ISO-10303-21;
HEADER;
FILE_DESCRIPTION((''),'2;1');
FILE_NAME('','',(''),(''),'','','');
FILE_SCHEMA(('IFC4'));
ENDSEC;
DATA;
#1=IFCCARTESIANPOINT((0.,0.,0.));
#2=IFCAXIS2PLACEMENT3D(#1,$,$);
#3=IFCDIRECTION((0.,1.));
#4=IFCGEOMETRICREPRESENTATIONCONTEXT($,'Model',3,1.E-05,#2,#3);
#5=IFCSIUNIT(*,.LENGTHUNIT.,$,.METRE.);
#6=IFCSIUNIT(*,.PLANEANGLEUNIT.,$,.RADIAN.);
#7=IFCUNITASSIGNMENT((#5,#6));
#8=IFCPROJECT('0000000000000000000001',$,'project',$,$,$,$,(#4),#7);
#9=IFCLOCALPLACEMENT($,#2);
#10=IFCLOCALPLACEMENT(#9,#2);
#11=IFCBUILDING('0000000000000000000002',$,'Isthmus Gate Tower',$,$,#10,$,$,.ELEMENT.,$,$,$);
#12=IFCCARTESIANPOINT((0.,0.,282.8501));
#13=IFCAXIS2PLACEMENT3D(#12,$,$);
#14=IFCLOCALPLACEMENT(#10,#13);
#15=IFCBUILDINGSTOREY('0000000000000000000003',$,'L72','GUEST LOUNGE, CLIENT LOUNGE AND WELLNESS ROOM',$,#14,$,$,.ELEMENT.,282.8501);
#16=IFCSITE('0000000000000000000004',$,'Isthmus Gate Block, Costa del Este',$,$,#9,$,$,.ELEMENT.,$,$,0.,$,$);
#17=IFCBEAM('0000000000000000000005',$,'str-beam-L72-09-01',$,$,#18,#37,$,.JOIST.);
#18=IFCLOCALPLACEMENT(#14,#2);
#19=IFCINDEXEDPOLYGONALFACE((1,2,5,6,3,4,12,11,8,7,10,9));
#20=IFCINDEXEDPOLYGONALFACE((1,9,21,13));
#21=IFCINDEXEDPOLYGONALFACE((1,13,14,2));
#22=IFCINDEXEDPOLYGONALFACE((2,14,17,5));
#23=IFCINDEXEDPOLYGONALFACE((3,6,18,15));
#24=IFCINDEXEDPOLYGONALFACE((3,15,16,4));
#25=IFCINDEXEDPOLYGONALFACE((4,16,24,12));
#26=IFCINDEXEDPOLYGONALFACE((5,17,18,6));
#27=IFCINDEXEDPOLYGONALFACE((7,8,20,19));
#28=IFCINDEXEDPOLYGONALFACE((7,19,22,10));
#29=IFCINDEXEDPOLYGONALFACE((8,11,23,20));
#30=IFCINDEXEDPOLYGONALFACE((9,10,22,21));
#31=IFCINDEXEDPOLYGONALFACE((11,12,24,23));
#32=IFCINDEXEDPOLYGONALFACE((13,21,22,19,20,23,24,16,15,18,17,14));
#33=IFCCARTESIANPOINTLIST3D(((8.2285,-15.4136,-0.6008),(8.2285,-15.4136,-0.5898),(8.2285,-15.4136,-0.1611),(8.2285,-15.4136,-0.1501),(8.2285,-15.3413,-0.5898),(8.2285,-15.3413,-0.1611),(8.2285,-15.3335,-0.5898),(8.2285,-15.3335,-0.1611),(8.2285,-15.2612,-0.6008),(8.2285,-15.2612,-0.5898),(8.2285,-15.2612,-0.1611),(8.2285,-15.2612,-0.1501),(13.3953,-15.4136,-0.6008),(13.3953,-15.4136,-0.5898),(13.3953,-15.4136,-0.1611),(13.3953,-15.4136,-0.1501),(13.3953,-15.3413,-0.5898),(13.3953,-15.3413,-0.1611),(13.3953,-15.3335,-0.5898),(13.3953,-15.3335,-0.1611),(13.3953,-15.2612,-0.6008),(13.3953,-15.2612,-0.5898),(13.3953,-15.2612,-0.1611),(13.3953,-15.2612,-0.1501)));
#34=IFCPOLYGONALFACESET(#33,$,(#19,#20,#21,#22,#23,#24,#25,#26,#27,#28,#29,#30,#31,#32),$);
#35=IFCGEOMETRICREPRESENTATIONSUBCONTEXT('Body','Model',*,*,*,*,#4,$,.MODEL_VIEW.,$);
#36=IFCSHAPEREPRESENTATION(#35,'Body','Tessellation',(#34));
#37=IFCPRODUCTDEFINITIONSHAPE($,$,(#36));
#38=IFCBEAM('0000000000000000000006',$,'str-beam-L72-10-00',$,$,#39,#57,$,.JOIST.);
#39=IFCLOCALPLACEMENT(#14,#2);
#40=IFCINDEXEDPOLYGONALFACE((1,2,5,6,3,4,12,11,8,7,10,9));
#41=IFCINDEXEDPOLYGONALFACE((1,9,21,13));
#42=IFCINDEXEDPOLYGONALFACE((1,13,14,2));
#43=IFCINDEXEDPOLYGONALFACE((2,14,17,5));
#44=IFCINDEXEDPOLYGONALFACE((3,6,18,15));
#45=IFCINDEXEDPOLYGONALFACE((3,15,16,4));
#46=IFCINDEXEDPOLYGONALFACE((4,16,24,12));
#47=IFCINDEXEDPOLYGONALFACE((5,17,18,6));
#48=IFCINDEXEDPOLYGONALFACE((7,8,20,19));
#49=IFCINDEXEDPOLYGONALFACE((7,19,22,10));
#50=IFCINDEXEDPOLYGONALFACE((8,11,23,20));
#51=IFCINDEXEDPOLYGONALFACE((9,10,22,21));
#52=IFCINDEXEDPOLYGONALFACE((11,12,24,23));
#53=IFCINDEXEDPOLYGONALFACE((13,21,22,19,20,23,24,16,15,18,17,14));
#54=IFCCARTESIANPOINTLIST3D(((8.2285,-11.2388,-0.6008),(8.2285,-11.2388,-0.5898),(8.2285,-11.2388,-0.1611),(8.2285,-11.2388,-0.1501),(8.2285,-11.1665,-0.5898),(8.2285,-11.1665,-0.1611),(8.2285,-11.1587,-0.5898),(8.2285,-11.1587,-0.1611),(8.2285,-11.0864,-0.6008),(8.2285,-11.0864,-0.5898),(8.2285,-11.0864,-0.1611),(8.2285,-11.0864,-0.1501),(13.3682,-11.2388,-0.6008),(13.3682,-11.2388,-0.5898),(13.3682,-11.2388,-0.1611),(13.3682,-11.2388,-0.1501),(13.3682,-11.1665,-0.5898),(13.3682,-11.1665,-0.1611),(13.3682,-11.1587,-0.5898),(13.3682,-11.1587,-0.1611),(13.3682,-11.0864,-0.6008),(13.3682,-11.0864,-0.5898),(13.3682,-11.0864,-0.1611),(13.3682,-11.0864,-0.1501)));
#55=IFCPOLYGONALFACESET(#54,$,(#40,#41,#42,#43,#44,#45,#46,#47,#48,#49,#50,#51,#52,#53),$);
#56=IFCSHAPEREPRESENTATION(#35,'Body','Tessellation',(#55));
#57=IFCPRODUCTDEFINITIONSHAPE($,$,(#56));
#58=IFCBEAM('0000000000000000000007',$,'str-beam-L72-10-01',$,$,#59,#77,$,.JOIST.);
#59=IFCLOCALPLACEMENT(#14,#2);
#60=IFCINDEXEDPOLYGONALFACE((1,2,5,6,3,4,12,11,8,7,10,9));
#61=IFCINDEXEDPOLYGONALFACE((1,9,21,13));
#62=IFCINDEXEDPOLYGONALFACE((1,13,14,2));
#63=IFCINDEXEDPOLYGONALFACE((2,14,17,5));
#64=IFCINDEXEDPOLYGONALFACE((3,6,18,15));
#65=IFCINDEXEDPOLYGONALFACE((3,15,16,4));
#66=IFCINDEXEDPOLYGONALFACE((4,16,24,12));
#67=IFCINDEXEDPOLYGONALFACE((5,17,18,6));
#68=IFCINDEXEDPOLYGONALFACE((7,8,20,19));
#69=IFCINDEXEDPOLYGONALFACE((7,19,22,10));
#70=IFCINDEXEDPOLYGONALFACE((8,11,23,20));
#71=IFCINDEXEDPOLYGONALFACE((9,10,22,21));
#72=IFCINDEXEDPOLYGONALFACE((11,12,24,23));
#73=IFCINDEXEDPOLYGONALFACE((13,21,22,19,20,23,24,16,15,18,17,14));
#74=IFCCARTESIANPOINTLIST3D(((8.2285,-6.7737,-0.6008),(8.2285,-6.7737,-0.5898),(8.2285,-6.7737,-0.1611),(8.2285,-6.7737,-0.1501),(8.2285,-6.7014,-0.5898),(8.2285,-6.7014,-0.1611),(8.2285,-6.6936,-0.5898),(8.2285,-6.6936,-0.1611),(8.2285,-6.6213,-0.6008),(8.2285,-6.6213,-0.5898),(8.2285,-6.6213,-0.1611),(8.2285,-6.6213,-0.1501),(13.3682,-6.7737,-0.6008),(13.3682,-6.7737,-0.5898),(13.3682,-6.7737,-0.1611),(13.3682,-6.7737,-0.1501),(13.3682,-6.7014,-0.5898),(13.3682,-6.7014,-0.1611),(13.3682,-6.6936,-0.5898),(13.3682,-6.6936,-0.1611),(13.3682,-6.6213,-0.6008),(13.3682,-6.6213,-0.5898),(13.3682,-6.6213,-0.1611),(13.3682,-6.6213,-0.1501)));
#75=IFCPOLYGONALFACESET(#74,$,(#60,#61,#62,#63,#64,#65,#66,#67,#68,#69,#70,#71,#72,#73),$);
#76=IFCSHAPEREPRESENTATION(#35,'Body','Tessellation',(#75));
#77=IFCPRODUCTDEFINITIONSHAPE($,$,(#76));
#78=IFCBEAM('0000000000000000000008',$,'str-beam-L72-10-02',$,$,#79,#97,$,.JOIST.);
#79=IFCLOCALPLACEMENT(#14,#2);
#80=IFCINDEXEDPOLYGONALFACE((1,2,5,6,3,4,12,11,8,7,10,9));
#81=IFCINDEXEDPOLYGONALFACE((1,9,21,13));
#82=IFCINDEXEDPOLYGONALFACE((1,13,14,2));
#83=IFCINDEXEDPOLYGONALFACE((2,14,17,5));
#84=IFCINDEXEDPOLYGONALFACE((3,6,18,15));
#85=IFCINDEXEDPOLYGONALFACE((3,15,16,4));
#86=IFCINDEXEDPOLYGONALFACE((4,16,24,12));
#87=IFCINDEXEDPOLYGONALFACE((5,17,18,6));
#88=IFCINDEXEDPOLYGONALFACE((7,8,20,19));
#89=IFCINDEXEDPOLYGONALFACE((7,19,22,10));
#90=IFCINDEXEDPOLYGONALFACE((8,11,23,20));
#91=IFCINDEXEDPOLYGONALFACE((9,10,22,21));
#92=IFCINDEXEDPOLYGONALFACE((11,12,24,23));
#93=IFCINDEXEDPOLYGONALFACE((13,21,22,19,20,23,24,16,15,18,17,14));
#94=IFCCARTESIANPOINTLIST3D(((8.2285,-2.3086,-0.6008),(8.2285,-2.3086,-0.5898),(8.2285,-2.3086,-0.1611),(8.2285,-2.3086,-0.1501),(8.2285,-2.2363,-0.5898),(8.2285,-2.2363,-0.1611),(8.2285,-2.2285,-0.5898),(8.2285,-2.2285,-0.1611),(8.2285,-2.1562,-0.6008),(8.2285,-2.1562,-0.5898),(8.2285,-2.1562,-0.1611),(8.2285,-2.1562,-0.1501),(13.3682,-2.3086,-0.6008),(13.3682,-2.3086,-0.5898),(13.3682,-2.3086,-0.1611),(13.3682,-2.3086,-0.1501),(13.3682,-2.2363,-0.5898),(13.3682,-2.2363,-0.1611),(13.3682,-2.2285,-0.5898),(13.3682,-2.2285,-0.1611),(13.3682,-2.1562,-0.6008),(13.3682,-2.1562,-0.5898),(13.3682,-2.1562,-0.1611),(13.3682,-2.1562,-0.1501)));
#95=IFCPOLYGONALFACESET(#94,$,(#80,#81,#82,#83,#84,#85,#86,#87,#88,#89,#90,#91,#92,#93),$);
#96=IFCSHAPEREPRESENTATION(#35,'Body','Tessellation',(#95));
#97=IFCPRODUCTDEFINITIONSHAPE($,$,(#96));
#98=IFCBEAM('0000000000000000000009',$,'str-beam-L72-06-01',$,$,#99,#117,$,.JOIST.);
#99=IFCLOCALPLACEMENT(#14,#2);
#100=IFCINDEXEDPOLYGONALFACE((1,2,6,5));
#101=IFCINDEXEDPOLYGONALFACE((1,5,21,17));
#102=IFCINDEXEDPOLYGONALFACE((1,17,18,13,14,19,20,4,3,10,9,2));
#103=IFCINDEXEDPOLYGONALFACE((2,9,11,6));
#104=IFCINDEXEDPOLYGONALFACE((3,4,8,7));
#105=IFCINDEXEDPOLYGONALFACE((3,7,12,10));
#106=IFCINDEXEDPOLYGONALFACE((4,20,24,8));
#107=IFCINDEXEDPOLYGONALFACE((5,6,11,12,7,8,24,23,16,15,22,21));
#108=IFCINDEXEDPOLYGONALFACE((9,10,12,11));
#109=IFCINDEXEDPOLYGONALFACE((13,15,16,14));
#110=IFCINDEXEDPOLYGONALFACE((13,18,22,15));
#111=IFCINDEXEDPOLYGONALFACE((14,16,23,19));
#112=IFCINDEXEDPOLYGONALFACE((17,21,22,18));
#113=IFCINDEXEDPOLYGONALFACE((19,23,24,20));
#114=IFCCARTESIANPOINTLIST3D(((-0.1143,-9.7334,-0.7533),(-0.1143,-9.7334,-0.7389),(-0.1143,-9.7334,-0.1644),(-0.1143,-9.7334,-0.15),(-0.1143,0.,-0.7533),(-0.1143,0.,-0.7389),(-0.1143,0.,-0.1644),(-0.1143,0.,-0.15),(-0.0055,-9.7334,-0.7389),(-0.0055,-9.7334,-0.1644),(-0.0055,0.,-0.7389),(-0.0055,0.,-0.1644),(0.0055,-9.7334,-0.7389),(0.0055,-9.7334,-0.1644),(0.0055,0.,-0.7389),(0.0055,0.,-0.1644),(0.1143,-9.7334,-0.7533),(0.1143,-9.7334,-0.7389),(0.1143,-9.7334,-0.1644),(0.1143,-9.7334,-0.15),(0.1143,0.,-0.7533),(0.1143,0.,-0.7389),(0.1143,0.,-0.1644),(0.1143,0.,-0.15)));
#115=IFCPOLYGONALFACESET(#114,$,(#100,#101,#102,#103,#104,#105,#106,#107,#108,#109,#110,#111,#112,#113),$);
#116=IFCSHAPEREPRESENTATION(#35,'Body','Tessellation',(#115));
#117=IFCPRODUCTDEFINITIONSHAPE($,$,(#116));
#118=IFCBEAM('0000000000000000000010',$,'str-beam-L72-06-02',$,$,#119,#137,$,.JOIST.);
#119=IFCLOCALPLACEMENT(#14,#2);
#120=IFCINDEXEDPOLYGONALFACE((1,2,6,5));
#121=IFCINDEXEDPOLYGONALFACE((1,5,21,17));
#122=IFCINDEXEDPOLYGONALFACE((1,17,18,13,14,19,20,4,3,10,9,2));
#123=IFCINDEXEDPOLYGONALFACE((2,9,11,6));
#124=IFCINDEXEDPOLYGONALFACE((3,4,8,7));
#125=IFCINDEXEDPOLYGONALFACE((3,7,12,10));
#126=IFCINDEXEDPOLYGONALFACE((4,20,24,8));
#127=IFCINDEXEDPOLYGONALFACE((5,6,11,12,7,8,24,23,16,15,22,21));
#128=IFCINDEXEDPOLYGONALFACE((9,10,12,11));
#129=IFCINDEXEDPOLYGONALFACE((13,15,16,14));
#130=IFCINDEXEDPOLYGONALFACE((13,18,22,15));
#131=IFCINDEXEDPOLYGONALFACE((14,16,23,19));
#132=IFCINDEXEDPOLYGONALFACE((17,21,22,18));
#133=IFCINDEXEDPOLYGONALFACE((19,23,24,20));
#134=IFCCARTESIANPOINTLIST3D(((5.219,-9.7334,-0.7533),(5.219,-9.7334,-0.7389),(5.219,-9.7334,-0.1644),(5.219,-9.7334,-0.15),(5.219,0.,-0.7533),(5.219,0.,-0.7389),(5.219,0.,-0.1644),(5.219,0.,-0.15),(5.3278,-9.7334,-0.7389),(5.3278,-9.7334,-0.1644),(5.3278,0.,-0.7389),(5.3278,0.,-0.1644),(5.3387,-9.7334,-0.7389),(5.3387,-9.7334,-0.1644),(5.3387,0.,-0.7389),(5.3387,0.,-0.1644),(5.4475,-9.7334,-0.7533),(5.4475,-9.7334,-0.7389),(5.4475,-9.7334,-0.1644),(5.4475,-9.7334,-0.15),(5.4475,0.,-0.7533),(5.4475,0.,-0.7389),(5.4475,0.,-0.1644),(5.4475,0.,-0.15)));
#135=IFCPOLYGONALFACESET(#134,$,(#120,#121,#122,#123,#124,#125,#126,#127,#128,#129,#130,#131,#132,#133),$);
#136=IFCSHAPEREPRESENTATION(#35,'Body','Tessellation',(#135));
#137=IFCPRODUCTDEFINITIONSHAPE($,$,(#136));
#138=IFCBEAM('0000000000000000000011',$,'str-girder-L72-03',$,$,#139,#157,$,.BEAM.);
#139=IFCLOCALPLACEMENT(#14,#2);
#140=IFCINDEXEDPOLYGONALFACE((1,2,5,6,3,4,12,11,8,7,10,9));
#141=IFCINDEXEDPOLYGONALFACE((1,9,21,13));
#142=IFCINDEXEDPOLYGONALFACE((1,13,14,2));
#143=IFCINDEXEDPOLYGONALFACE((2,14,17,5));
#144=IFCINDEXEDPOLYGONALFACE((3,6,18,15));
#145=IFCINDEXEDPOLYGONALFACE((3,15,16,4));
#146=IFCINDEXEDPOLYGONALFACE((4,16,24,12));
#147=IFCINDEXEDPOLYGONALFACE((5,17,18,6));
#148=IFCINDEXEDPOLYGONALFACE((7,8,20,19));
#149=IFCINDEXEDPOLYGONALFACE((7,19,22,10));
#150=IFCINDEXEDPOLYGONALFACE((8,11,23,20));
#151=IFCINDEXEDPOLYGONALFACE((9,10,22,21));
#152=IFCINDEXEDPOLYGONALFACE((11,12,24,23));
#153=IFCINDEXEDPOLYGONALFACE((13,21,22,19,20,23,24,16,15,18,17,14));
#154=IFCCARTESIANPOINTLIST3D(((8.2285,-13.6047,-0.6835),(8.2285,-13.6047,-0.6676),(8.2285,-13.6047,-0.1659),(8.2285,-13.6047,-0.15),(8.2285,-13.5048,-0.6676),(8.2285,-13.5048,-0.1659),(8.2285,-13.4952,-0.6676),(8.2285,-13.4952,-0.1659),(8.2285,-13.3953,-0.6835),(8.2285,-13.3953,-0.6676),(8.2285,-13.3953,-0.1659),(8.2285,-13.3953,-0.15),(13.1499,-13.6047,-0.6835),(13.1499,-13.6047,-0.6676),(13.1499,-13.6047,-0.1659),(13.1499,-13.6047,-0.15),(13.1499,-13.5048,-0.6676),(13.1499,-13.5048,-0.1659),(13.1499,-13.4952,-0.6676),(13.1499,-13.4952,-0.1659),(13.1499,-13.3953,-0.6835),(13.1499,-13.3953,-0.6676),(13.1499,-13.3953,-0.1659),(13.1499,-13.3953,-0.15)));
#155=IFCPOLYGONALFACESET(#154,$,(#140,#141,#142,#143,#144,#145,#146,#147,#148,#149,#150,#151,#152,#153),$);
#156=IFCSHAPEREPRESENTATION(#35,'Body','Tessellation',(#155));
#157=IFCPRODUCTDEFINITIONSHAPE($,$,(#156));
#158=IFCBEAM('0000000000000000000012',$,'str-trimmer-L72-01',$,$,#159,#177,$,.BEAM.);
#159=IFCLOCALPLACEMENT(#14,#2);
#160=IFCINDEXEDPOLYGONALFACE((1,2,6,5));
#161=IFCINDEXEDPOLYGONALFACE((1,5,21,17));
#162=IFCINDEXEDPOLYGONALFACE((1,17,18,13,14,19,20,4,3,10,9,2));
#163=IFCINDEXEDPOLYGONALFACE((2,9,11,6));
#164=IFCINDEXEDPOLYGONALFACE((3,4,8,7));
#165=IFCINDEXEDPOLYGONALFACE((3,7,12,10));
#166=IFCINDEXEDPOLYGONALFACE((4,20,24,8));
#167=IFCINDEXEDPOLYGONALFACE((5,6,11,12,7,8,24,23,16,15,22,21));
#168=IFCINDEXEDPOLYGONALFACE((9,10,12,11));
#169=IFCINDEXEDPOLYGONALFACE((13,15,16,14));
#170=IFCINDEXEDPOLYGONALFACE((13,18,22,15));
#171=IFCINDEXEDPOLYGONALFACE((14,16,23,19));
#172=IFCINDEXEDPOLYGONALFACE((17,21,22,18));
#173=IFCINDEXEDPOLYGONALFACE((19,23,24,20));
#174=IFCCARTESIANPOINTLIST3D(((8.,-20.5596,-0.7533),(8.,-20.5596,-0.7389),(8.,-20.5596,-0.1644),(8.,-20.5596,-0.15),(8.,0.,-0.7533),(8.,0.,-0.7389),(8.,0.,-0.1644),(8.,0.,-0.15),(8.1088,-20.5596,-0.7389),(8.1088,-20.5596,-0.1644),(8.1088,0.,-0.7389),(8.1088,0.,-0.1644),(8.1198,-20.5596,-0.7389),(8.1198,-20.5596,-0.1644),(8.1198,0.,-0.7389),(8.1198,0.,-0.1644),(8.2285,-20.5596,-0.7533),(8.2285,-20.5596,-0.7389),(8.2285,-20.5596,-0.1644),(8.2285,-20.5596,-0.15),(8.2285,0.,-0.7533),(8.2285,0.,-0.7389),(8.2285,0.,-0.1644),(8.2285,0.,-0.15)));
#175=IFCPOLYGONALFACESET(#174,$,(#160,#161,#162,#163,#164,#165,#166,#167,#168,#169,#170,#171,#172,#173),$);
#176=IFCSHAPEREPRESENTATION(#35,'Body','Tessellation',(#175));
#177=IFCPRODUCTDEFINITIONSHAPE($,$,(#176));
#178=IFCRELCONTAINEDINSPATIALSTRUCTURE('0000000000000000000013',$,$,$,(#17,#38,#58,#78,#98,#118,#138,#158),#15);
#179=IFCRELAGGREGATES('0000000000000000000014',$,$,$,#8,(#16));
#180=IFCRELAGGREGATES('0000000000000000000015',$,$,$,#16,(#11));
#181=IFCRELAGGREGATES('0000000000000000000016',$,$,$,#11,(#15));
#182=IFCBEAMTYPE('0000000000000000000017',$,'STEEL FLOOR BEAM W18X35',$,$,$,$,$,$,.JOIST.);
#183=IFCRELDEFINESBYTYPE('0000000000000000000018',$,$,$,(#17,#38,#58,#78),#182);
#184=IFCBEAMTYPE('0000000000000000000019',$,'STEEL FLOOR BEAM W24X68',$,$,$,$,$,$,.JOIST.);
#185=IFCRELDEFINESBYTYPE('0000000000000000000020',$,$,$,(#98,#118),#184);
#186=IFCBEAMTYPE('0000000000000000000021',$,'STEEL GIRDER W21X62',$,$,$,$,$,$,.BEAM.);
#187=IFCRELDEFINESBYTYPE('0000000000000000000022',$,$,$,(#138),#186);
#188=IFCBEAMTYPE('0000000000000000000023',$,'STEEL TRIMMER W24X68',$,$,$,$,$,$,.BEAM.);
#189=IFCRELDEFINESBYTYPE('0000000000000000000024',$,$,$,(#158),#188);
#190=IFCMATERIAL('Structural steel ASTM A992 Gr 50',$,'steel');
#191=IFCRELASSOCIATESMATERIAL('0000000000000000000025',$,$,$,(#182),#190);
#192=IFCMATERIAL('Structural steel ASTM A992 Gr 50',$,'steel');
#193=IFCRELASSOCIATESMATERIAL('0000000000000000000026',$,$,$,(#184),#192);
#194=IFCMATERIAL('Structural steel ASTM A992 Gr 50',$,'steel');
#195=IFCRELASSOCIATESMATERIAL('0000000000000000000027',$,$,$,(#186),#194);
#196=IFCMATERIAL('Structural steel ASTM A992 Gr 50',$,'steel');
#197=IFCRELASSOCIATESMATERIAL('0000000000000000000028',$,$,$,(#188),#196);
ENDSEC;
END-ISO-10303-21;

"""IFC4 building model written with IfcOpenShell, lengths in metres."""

from ifc_helpers import new_model, si_unit, direction, frame, origin, origin_2d, place, context, subcontext, project, spatial, i_section, extrude, material, material_profile, profile_set, type_object, element, save


model = new_model("IFC4")

# Units and contexts
model_context = context("Model", 3, precision=1e-05, world=origin(), true_north=direction((0.0, 1.0)))
body_context = subcontext(model_context, "Body", "Model", "MODEL_VIEW")
ifc_project = project(units=[si_unit("LENGTHUNIT", "METRE"), si_unit("PLANEANGLEUNIT", "RADIAN")], contexts=[model_context])

# Site, building, storey
site_placement = place(None, origin())
site = spatial("IfcSite", under=ifc_project, at=site_placement, Name="Isthmus Gate Block, Costa del Este", CompositionType="ELEMENT", RefElevation=0.0)
building_placement = place(site_placement, origin())
building = spatial("IfcBuilding", under=site, at=building_placement, Name="Isthmus Gate Tower", CompositionType="ELEMENT")
storey_placement = place(building_placement, frame((0.0, 0.0, 282.8501)))
storey = spatial("IfcBuildingStorey", under=building, at=storey_placement, Name="L72", Description="GUEST LOUNGE, CLIENT LOUNGE AND WELLNESS ROOM", CompositionType="ELEMENT", Elevation=282.8501)

# Beams
ifc_material_1 = material(Name="Structural steel ASTM A992 Gr 50", Category="steel")
ifc_material_profile_1 = material_profile(ifc_material_1, i_section(OverallWidth=0.1523, OverallDepth=0.4507, WebThickness=0.0078, FlangeThickness=0.011, at=origin_2d()), Name="W18X35")
ifc_profile_set_1 = profile_set([ifc_material_profile_1], Name="Structural steel ASTM A992 Gr 50")
beam_type_1 = type_object("IfcBeamType", Name="STEEL FLOOR BEAM W18X35", PredefinedType="JOIST", material=ifc_profile_set_1)
for number, where, z_axis, x_axis, name in (
    (1, (8.2285, -15.3374, -0.3755), (1.0, 0.0, 0.0), (0.0, 1.0, 0.0), "str-beam-L72-09-01"),
):
    element("IfcBeam", number, at=place(storey_placement, frame(where, z_axis=z_axis, x_axis=x_axis)), inside=storey, type_object=beam_type_1, Name=name, PredefinedType="JOIST", context=body_context, shape_type="SweptSolid", body=[
        extrude(i_section(OverallWidth=0.1523, OverallDepth=0.4507, WebThickness=0.0078, FlangeThickness=0.011, at=origin_2d()), origin(), (0.0, 0.0, 1.0), 5.1667),
    ])
for number, where, z_axis, x_axis, name in (
    (2, (8.2285, -11.1626, -0.3755), (1.0, 0.0, 0.0), (0.0, 1.0, 0.0), "str-beam-L72-10-00"),
    (3, (8.2285, -6.6975, -0.3755), (1.0, 0.0, 0.0), (0.0, 1.0, 0.0), "str-beam-L72-10-01"),
    (4, (8.2285, -2.2324, -0.3755), (1.0, 0.0, 0.0), (0.0, 1.0, 0.0), "str-beam-L72-10-02"),
):
    element("IfcBeam", number, at=place(storey_placement, frame(where, z_axis=z_axis, x_axis=x_axis)), inside=storey, type_object=beam_type_1, Name=name, PredefinedType="JOIST", context=body_context, shape_type="SweptSolid", body=[
        extrude(i_section(OverallWidth=0.1523, OverallDepth=0.4507, WebThickness=0.0078, FlangeThickness=0.011, at=origin_2d()), origin(), (0.0, 0.0, 1.0), 5.1396),
    ])
ifc_material_2 = material(Name="Structural steel ASTM A992 Gr 50", Category="steel")
ifc_material_profile_2 = material_profile(ifc_material_2, i_section(OverallWidth=0.2285, OverallDepth=0.6033, WebThickness=0.011, FlangeThickness=0.0144, at=origin_2d()), Name="W24X68")
ifc_profile_set_2 = profile_set([ifc_material_profile_2], Name="Structural steel ASTM A992 Gr 50")
beam_type_2 = type_object("IfcBeamType", Name="STEEL FLOOR BEAM W24X68", PredefinedType="JOIST", material=ifc_profile_set_2)
for number, where, z_axis, x_axis, name in (
    (5, (0.0, -9.7334, -0.4517), (0.0, 1.0, 0.0), (-1.0, 0.0, 0.0), "str-beam-L72-06-01"),
    (6, (5.3333, -9.7334, -0.4517), (0.0, 1.0, 0.0), (-1.0, 0.0, 0.0), "str-beam-L72-06-02"),
):
    element("IfcBeam", number, at=place(storey_placement, frame(where, z_axis=z_axis, x_axis=x_axis)), inside=storey, type_object=beam_type_2, Name=name, PredefinedType="JOIST", context=body_context, shape_type="SweptSolid", body=[
        extrude(i_section(OverallWidth=0.2285, OverallDepth=0.6033, WebThickness=0.011, FlangeThickness=0.0144, at=origin_2d()), origin(), (0.0, 0.0, 1.0), 9.7334),
    ])
ifc_material_3 = material(Name="Structural steel ASTM A992 Gr 50", Category="steel")
ifc_material_profile_3 = material_profile(ifc_material_3, i_section(OverallWidth=0.2095, OverallDepth=0.5334, WebThickness=0.0095, FlangeThickness=0.0159, at=origin_2d()), Name="W21X62")
ifc_profile_set_3 = profile_set([ifc_material_profile_3], Name="Structural steel ASTM A992 Gr 50")
beam_type_3 = type_object("IfcBeamType", Name="STEEL GIRDER W21X62", PredefinedType="BEAM", material=ifc_profile_set_3)
beam_1_placement = place(storey_placement, frame((8.2285, -13.5, -0.4167), z_axis=(1.0, 0.0, 0.0), x_axis=(0.0, 1.0, 0.0)))
element("IfcBeam", 7, at=beam_1_placement, inside=storey, type_object=beam_type_3, Name="str-girder-L72-03", PredefinedType="BEAM", context=body_context, shape_type="SweptSolid", body=[
    extrude(i_section(OverallWidth=0.2095, OverallDepth=0.5334, WebThickness=0.0095, FlangeThickness=0.0159, at=origin_2d()), origin(), (0.0, 0.0, 1.0), 4.9214),
])
ifc_material_4 = material(Name="Structural steel ASTM A992 Gr 50", Category="steel")
ifc_material_profile_4 = material_profile(ifc_material_4, i_section(OverallWidth=0.2285, OverallDepth=0.6033, WebThickness=0.011, FlangeThickness=0.0144, at=origin_2d()), Name="W24X68")
ifc_profile_set_4 = profile_set([ifc_material_profile_4], Name="Structural steel ASTM A992 Gr 50")
beam_type_4 = type_object("IfcBeamType", Name="STEEL TRIMMER W24X68", PredefinedType="BEAM", material=ifc_profile_set_4)
beam_2_placement = place(storey_placement, frame((8.1143, -20.5596, -0.4517), z_axis=(0.0, 1.0, 0.0), x_axis=(-1.0, 0.0, 0.0)))
element("IfcBeam", 8, at=beam_2_placement, inside=storey, type_object=beam_type_4, Name="str-trimmer-L72-01", PredefinedType="BEAM", context=body_context, shape_type="SweptSolid", body=[
    extrude(i_section(OverallWidth=0.2285, OverallDepth=0.6033, WebThickness=0.011, FlangeThickness=0.0144, at=origin_2d()), origin(), (0.0, 0.0, 1.0), 20.5596),
])

save(model, "model.ifc")
